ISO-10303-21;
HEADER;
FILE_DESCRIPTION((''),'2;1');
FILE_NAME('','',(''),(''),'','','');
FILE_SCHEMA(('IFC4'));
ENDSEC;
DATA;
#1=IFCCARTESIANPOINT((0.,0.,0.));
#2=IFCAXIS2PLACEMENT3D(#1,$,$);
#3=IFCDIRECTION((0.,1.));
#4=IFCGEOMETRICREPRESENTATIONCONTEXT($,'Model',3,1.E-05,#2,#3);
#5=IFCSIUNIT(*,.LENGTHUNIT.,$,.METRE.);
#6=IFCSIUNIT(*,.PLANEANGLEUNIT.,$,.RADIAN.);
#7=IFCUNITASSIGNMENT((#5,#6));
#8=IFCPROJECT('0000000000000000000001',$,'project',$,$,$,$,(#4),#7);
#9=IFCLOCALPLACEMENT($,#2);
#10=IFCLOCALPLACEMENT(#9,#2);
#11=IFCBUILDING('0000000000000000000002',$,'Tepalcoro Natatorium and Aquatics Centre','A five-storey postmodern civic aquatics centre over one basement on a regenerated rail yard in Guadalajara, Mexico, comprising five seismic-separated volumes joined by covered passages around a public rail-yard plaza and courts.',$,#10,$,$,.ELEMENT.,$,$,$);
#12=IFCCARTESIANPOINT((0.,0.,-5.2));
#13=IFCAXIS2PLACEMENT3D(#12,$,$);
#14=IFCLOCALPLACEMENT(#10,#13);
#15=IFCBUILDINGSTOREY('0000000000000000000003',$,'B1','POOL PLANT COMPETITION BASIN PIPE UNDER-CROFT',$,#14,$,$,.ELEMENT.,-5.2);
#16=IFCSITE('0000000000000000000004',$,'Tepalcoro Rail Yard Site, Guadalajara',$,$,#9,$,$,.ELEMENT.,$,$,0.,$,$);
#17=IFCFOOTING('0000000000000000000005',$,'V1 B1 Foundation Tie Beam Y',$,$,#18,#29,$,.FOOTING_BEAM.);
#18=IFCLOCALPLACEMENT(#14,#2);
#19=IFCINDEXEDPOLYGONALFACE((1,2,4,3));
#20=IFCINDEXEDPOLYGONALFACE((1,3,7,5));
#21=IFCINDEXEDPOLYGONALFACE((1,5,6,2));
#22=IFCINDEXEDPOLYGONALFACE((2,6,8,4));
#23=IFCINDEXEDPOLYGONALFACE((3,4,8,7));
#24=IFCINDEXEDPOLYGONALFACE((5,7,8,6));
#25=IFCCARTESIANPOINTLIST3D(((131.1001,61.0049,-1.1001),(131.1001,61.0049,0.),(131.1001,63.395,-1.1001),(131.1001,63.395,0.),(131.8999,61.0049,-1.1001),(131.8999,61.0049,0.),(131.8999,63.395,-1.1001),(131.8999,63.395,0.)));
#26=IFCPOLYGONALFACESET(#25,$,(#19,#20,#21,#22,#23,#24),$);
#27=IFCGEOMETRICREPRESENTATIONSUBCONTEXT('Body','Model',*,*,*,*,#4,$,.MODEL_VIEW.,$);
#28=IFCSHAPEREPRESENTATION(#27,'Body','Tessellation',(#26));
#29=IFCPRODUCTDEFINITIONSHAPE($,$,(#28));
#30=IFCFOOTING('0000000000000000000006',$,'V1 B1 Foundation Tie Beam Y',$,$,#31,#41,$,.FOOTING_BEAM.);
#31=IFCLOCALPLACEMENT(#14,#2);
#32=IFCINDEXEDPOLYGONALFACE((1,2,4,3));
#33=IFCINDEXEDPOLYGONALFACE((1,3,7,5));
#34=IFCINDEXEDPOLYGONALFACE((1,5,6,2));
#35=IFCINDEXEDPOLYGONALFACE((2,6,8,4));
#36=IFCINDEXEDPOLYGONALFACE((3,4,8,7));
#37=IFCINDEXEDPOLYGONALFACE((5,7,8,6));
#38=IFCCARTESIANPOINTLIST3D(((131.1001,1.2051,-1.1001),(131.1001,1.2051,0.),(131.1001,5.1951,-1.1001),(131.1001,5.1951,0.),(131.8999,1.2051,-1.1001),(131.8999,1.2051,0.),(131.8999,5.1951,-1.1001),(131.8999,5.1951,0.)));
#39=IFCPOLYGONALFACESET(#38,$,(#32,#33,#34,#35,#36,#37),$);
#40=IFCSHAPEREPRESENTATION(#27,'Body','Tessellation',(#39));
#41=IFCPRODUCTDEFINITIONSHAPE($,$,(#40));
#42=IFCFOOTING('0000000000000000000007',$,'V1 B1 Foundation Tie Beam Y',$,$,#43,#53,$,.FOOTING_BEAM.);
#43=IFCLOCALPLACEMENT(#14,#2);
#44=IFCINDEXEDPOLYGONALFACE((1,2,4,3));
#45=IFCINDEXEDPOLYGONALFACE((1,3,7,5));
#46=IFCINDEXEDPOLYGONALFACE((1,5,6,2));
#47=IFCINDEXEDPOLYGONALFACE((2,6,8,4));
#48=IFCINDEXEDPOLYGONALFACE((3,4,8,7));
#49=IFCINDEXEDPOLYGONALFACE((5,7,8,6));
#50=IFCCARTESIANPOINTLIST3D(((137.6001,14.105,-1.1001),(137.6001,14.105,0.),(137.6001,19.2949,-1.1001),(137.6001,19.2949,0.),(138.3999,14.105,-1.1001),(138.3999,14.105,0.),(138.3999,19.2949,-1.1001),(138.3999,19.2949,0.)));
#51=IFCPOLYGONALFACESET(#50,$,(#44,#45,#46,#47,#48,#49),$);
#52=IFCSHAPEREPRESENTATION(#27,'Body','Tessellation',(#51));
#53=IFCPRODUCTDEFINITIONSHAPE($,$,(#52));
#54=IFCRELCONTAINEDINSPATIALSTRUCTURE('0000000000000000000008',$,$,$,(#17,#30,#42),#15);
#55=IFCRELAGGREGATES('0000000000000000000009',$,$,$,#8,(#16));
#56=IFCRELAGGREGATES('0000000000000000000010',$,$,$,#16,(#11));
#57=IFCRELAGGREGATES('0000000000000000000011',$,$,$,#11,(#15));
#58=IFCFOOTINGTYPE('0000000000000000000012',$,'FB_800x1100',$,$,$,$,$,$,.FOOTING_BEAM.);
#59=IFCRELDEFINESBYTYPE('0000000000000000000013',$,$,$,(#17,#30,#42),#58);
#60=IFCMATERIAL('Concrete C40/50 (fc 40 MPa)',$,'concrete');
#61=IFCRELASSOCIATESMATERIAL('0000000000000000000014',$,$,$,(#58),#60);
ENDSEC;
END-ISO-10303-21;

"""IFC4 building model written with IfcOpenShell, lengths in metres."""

from ifc_helpers import new_model, si_unit, direction, frame, origin, place, context, subcontext, project, spatial, polyline, outline, extrude, material, type_object, element, save


model = new_model("IFC4")

# Units and contexts
model_context = context("Model", 3, precision=1e-05, world=origin(), true_north=direction((0.0, 1.0)))
body_context = subcontext(model_context, "Body", "Model", "MODEL_VIEW")
ifc_project = project(units=[si_unit("LENGTHUNIT", "METRE"), si_unit("PLANEANGLEUNIT", "RADIAN")], contexts=[model_context])

# Site, building, storey
site_placement = place(None, origin())
site = spatial("IfcSite", under=ifc_project, at=site_placement, Name="Tepalcoro Rail Yard Site, Guadalajara", CompositionType="ELEMENT", RefElevation=0.0)
building_placement = place(site_placement, origin())
building = spatial("IfcBuilding", under=site, at=building_placement, Name="Tepalcoro Natatorium and Aquatics Centre", Description="A five-storey postmodern civic aquatics centre over one basement on a regenerated rail yard in Guadalajara, Mexico, comprising five seismic-separated volumes joined by covered passages around a public rail-yard plaza and courts.", CompositionType="ELEMENT")
storey_placement = place(building_placement, frame((0.0, 0.0, -5.2)))
storey = spatial("IfcBuildingStorey", under=building, at=storey_placement, Name="B1", Description="POOL PLANT COMPETITION BASIN PIPE UNDER-CROFT", CompositionType="ELEMENT", Elevation=-5.2)

# Footings
ifc_material = material(Name="Concrete C40/50 (fc 40 MPa)", Category="concrete")
footing_type_1 = type_object("IfcFootingType", Name="FB_800x1100", PredefinedType="FOOTING_BEAM", material=ifc_material)
footing_1_placement = place(storey_placement, frame((0.0, 0.0, -1.1001)))
element("IfcFooting", 1, at=footing_1_placement, inside=storey, type_object=footing_type_1, Name="V1 B1 Foundation Tie Beam Y", PredefinedType="FOOTING_BEAM", context=body_context, shape_type="SweptSolid", body=[
    extrude(outline(polyline([(131.8999, 61.0049), (131.8999, 63.395), (131.1001, 63.395), (131.1001, 61.0049), (131.8999, 61.0049)])), origin(), (0.0, 0.0, 1.0), 1.1001),
])
footing_2_placement = place(storey_placement, frame((0.0, 0.0, -1.1001)))
element("IfcFooting", 2, at=footing_2_placement, inside=storey, type_object=footing_type_1, Name="V1 B1 Foundation Tie Beam Y", PredefinedType="FOOTING_BEAM", context=body_context, shape_type="SweptSolid", body=[
    extrude(outline(polyline([(131.8999, 1.2051), (131.8999, 5.1951), (131.1001, 5.1951), (131.1001, 1.2051), (131.8999, 1.2051)])), origin(), (0.0, 0.0, 1.0), 1.1001),
])
footing_3_placement = place(storey_placement, frame((0.0, 0.0, -1.1001)))
element("IfcFooting", 3, at=footing_3_placement, inside=storey, type_object=footing_type_1, Name="V1 B1 Foundation Tie Beam Y", PredefinedType="FOOTING_BEAM", context=body_context, shape_type="SweptSolid", body=[
    extrude(outline(polyline([(138.3999, 14.105), (138.3999, 19.2949), (137.6001, 19.2949), (137.6001, 14.105), (138.3999, 14.105)])), origin(), (0.0, 0.0, 1.0), 1.1001),
])

save(model, "model.ifc")
